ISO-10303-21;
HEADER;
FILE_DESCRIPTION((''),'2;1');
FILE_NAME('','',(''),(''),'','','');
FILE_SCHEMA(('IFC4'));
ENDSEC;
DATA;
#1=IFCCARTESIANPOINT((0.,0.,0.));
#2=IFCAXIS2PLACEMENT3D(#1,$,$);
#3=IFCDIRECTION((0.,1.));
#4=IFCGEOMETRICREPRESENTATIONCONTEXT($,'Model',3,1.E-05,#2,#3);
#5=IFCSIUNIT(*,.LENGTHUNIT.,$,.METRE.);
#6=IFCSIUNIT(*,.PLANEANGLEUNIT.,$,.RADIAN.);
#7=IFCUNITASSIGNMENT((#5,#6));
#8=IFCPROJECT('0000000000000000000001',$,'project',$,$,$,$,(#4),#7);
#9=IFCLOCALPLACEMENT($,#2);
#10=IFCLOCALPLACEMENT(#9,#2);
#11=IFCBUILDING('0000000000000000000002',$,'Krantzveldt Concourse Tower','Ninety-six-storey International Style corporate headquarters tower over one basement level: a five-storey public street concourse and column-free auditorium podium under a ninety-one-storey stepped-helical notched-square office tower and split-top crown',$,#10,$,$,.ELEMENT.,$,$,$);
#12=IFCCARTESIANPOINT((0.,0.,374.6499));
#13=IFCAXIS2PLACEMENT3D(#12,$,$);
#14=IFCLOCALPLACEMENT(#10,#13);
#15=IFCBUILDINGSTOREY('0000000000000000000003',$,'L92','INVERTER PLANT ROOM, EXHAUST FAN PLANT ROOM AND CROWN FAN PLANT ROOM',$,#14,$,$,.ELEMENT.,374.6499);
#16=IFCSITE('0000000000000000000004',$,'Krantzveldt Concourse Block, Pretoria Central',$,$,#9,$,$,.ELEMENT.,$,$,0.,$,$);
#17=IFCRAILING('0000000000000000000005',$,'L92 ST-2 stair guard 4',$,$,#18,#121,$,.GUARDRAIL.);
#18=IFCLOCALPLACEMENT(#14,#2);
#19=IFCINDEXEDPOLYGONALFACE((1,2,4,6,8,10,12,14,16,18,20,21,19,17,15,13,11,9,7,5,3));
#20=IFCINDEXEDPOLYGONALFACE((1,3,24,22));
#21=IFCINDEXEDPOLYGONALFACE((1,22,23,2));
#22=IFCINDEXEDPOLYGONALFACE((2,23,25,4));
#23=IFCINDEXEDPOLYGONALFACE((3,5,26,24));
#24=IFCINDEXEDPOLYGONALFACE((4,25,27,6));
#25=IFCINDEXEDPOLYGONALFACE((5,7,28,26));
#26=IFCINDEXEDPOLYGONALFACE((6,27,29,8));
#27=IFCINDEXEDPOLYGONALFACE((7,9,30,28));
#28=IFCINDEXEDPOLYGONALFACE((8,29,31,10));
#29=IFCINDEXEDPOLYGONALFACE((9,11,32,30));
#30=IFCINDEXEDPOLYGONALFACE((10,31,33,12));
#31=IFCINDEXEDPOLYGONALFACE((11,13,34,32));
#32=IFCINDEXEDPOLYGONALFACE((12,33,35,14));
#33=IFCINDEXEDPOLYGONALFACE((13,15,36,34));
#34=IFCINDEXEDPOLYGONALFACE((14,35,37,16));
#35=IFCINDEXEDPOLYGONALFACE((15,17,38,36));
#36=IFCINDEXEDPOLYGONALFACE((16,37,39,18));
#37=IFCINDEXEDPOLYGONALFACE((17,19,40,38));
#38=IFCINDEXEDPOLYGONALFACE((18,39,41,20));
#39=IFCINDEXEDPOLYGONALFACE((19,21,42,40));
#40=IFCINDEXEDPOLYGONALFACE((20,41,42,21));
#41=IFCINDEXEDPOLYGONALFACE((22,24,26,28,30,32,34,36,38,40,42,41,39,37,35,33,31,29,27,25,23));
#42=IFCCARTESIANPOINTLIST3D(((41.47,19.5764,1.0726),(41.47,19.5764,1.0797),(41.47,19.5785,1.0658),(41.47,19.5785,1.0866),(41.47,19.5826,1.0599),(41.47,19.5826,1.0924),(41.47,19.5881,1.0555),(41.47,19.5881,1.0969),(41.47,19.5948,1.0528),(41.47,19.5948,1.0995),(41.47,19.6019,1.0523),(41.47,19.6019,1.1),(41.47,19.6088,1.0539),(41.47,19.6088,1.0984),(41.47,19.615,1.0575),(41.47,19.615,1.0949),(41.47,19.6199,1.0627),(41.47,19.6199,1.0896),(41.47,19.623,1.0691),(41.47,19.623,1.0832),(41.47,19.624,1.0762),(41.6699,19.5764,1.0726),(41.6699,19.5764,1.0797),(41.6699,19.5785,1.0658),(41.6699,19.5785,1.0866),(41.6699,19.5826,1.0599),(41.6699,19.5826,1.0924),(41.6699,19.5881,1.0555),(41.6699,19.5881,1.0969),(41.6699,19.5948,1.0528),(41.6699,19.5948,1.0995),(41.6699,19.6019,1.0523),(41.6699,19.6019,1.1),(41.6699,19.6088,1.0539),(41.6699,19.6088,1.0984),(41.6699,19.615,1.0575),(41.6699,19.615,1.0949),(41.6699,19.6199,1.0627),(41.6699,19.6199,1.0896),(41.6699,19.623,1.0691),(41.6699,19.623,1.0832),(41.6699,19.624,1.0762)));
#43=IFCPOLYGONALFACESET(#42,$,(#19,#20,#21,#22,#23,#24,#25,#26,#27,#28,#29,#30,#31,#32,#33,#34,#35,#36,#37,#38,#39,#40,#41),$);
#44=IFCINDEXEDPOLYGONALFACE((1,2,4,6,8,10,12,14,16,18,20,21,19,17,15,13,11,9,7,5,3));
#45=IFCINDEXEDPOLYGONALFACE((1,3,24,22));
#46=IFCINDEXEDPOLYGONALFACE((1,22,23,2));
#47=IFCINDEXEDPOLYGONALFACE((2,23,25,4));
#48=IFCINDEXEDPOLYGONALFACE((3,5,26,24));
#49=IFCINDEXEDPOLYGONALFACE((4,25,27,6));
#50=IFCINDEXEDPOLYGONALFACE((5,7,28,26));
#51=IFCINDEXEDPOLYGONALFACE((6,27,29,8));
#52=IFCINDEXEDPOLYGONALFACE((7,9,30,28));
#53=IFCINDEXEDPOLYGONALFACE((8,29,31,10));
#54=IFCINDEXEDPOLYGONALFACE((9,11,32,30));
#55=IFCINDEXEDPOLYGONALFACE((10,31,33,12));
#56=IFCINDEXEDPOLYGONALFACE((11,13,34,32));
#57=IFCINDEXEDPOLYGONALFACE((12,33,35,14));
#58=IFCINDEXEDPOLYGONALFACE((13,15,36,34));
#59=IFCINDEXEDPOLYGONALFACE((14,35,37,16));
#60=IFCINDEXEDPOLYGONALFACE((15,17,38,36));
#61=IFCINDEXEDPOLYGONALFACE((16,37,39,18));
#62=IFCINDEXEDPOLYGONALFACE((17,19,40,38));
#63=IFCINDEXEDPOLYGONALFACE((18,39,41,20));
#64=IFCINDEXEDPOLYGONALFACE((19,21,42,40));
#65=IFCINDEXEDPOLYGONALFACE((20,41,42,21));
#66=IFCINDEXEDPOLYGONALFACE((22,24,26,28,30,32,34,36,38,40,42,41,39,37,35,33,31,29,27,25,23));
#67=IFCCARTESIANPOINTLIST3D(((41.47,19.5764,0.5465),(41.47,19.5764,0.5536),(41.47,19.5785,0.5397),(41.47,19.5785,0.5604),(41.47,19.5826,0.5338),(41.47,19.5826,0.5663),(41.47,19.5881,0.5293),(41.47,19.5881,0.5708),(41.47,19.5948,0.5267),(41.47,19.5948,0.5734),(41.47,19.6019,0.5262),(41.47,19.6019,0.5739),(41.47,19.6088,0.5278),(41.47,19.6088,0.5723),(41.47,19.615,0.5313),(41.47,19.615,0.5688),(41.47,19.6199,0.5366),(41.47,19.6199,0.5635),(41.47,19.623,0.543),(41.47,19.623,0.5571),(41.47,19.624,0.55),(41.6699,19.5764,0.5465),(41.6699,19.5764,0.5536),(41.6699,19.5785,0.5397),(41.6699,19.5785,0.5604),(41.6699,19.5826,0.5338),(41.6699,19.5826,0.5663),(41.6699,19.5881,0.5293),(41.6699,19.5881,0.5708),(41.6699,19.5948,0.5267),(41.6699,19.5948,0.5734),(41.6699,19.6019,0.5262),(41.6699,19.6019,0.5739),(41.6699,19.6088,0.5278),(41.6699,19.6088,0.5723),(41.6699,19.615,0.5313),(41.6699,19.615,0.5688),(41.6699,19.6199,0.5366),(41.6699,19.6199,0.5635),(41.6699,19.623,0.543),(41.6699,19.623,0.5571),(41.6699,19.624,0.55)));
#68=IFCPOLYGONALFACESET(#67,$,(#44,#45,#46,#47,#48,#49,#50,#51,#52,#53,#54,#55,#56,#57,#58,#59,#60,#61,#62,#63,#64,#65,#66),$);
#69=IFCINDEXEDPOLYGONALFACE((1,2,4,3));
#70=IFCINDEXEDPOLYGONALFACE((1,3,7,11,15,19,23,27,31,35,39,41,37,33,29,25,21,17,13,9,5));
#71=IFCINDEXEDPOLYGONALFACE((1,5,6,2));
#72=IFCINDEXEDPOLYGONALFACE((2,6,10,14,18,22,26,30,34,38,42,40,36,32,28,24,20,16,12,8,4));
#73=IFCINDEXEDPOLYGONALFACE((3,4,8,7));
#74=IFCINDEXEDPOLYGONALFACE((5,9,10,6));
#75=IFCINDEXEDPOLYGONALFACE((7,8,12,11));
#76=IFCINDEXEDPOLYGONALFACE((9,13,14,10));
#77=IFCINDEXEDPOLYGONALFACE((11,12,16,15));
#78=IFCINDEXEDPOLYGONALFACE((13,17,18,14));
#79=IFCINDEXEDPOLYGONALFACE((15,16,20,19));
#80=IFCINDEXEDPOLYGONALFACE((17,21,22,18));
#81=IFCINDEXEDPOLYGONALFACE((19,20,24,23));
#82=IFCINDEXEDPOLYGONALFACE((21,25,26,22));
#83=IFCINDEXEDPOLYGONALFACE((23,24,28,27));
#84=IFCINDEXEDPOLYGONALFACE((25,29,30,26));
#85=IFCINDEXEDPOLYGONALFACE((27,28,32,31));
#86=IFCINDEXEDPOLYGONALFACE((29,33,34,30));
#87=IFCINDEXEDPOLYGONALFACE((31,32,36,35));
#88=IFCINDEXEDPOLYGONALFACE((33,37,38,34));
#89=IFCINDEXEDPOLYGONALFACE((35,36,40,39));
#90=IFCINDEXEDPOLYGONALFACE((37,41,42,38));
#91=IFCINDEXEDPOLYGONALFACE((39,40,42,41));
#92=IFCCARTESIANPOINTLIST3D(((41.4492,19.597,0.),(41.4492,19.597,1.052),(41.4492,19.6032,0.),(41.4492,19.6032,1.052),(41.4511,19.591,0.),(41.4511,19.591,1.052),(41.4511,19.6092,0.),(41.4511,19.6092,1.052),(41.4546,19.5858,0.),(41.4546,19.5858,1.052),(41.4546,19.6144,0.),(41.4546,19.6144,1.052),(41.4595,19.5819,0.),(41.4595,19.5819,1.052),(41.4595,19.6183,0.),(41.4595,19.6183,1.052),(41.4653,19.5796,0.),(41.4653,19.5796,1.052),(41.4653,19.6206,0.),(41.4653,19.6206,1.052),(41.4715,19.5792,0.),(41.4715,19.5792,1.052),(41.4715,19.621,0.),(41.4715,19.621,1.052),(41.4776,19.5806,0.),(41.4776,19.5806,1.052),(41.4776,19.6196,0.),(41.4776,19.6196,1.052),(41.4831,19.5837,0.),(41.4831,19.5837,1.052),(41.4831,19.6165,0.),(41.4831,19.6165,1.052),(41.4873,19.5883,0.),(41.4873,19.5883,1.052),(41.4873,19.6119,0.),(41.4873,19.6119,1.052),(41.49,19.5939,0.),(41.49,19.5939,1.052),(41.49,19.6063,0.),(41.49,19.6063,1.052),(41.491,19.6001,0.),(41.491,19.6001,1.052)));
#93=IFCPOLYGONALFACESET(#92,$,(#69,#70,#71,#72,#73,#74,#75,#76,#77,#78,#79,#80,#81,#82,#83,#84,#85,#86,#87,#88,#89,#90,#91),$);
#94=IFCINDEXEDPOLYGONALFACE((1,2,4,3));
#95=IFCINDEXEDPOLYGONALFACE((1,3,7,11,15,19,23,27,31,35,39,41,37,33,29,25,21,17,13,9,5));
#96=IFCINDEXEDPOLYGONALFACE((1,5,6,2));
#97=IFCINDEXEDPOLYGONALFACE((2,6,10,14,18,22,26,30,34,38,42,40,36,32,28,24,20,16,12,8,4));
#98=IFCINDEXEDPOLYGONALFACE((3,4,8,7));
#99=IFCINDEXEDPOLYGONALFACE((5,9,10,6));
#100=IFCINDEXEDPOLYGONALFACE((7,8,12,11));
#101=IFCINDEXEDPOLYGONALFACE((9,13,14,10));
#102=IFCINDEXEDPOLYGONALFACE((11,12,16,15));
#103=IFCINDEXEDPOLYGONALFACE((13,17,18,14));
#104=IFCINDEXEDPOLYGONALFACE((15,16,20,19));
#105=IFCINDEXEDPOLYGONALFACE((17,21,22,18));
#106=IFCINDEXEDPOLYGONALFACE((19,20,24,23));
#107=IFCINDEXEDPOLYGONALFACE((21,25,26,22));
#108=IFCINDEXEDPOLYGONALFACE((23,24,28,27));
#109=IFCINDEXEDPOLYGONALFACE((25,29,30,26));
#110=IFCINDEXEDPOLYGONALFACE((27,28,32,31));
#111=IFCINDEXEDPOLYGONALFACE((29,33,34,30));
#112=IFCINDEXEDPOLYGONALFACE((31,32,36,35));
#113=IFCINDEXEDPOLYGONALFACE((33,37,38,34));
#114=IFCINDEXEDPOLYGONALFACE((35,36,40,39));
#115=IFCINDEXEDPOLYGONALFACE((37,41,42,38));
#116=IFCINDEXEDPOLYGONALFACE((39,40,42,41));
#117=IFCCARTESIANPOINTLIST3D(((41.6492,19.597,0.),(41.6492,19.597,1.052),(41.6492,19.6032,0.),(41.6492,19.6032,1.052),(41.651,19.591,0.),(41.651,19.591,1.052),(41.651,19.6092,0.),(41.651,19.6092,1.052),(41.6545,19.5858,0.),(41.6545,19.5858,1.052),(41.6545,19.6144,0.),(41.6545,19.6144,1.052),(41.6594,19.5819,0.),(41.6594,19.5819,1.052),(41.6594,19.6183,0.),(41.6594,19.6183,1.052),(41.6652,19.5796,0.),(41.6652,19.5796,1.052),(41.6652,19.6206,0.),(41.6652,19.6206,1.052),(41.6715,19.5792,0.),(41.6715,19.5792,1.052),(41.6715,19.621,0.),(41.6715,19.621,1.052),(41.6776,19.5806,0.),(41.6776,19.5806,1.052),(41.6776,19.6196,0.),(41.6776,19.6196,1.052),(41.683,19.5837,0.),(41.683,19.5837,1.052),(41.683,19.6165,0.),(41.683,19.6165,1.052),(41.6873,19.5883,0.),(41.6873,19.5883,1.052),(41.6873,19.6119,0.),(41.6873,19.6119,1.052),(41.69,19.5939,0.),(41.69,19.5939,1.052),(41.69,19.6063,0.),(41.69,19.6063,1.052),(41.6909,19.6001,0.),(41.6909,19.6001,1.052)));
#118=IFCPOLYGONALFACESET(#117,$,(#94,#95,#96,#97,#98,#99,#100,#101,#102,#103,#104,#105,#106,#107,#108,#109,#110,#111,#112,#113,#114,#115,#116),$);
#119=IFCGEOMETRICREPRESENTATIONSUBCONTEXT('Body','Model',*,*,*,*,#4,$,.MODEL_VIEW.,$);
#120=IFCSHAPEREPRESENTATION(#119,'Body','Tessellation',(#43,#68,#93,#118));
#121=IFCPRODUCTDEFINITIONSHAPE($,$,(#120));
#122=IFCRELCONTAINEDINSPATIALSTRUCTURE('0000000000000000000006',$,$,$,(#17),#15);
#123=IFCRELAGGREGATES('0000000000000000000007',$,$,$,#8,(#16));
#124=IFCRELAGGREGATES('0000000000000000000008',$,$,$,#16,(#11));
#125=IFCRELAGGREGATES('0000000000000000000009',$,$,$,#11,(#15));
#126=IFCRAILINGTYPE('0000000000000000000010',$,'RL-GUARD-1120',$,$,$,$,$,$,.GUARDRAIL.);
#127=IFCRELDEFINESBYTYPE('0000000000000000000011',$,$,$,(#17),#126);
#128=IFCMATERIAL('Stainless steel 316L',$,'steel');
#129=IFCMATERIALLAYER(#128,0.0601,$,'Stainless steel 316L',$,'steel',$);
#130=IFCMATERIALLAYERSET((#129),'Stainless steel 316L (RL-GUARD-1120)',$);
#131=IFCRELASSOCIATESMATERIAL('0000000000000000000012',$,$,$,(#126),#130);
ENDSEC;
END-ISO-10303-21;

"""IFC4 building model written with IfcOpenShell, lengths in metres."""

from ifc_helpers import new_model, si_unit, direction, frame, origin, origin_2d, place, context, subcontext, project, spatial, circle, extrude, material, layer, layer_set, type_object, element, save


model = new_model("IFC4")

# Units and contexts
model_context = context("Model", 3, precision=1e-05, world=origin(), true_north=direction((0.0, 1.0)))
body_context = subcontext(model_context, "Body", "Model", "MODEL_VIEW")
ifc_project = project(units=[si_unit("LENGTHUNIT", "METRE"), si_unit("PLANEANGLEUNIT", "RADIAN")], contexts=[model_context])

# Site, building, storey
site_placement = place(None, origin())
site = spatial("IfcSite", under=ifc_project, at=site_placement, Name="Krantzveldt Concourse Block, Pretoria Central", CompositionType="ELEMENT", RefElevation=0.0)
building_placement = place(site_placement, origin())
building = spatial("IfcBuilding", under=site, at=building_placement, Name="Krantzveldt Concourse Tower", Description="Ninety-six-storey International Style corporate headquarters tower over one basement level: a five-storey public street concourse and column-free auditorium podium under a ninety-one-storey stepped-helical notched-square office tower and split-top crown", CompositionType="ELEMENT")
storey_placement = place(building_placement, frame((0.0, 0.0, 374.6499)))
storey = spatial("IfcBuildingStorey", under=building, at=storey_placement, Name="L92", Description="INVERTER PLANT ROOM, EXHAUST FAN PLANT ROOM AND CROWN FAN PLANT ROOM", CompositionType="ELEMENT", Elevation=374.6499)

# Shared definitions
ifc_material_1 = material(Name="Stainless steel 316L", Category="steel")

# Railing
ifc_layer_1 = layer(ifc_material_1, 0.0601, Name="Stainless steel 316L", Category="steel")
ifc_layer_set_1 = layer_set([ifc_layer_1], Name="Stainless steel 316L (RL-GUARD-1120)")
railing_type_1 = type_object("IfcRailingType", Name="RL-GUARD-1120", PredefinedType="GUARDRAIL", material=ifc_layer_set_1)
railing_1_placement = place(storey_placement, frame((41.47, 19.6001, 0.0)))
element("IfcRailing", 1, at=railing_1_placement, inside=storey, type_object=railing_type_1, Name="L92 ST-2 stair guard 4", PredefinedType="GUARDRAIL", context=body_context, shape_type="SweptSolid", body=[
    extrude(circle(Radius=0.0239, at=origin_2d()), frame((0.0, 0.0, 1.0762), z_axis=(1.0, 0.0, 0.0), x_axis=(0.0, 1.0, 0.0)), (0.0, 0.0, 1.0), 0.2),
    extrude(circle(Radius=0.0239, at=origin_2d()), frame((0.0, 0.0, 0.55), z_axis=(1.0, 0.0, 0.0), x_axis=(0.0, 1.0, 0.0)), (0.0, 0.0, 1.0), 0.2),
    extrude(circle(Radius=0.021, at=origin_2d()), origin(), (0.0, 0.0, 1.0), 1.052),
    extrude(circle(Radius=0.021, at=origin_2d()), frame((0.2, 0.0, 0.0)), (0.0, 0.0, 1.0), 1.052),
])

save(model, "model.ifc")
